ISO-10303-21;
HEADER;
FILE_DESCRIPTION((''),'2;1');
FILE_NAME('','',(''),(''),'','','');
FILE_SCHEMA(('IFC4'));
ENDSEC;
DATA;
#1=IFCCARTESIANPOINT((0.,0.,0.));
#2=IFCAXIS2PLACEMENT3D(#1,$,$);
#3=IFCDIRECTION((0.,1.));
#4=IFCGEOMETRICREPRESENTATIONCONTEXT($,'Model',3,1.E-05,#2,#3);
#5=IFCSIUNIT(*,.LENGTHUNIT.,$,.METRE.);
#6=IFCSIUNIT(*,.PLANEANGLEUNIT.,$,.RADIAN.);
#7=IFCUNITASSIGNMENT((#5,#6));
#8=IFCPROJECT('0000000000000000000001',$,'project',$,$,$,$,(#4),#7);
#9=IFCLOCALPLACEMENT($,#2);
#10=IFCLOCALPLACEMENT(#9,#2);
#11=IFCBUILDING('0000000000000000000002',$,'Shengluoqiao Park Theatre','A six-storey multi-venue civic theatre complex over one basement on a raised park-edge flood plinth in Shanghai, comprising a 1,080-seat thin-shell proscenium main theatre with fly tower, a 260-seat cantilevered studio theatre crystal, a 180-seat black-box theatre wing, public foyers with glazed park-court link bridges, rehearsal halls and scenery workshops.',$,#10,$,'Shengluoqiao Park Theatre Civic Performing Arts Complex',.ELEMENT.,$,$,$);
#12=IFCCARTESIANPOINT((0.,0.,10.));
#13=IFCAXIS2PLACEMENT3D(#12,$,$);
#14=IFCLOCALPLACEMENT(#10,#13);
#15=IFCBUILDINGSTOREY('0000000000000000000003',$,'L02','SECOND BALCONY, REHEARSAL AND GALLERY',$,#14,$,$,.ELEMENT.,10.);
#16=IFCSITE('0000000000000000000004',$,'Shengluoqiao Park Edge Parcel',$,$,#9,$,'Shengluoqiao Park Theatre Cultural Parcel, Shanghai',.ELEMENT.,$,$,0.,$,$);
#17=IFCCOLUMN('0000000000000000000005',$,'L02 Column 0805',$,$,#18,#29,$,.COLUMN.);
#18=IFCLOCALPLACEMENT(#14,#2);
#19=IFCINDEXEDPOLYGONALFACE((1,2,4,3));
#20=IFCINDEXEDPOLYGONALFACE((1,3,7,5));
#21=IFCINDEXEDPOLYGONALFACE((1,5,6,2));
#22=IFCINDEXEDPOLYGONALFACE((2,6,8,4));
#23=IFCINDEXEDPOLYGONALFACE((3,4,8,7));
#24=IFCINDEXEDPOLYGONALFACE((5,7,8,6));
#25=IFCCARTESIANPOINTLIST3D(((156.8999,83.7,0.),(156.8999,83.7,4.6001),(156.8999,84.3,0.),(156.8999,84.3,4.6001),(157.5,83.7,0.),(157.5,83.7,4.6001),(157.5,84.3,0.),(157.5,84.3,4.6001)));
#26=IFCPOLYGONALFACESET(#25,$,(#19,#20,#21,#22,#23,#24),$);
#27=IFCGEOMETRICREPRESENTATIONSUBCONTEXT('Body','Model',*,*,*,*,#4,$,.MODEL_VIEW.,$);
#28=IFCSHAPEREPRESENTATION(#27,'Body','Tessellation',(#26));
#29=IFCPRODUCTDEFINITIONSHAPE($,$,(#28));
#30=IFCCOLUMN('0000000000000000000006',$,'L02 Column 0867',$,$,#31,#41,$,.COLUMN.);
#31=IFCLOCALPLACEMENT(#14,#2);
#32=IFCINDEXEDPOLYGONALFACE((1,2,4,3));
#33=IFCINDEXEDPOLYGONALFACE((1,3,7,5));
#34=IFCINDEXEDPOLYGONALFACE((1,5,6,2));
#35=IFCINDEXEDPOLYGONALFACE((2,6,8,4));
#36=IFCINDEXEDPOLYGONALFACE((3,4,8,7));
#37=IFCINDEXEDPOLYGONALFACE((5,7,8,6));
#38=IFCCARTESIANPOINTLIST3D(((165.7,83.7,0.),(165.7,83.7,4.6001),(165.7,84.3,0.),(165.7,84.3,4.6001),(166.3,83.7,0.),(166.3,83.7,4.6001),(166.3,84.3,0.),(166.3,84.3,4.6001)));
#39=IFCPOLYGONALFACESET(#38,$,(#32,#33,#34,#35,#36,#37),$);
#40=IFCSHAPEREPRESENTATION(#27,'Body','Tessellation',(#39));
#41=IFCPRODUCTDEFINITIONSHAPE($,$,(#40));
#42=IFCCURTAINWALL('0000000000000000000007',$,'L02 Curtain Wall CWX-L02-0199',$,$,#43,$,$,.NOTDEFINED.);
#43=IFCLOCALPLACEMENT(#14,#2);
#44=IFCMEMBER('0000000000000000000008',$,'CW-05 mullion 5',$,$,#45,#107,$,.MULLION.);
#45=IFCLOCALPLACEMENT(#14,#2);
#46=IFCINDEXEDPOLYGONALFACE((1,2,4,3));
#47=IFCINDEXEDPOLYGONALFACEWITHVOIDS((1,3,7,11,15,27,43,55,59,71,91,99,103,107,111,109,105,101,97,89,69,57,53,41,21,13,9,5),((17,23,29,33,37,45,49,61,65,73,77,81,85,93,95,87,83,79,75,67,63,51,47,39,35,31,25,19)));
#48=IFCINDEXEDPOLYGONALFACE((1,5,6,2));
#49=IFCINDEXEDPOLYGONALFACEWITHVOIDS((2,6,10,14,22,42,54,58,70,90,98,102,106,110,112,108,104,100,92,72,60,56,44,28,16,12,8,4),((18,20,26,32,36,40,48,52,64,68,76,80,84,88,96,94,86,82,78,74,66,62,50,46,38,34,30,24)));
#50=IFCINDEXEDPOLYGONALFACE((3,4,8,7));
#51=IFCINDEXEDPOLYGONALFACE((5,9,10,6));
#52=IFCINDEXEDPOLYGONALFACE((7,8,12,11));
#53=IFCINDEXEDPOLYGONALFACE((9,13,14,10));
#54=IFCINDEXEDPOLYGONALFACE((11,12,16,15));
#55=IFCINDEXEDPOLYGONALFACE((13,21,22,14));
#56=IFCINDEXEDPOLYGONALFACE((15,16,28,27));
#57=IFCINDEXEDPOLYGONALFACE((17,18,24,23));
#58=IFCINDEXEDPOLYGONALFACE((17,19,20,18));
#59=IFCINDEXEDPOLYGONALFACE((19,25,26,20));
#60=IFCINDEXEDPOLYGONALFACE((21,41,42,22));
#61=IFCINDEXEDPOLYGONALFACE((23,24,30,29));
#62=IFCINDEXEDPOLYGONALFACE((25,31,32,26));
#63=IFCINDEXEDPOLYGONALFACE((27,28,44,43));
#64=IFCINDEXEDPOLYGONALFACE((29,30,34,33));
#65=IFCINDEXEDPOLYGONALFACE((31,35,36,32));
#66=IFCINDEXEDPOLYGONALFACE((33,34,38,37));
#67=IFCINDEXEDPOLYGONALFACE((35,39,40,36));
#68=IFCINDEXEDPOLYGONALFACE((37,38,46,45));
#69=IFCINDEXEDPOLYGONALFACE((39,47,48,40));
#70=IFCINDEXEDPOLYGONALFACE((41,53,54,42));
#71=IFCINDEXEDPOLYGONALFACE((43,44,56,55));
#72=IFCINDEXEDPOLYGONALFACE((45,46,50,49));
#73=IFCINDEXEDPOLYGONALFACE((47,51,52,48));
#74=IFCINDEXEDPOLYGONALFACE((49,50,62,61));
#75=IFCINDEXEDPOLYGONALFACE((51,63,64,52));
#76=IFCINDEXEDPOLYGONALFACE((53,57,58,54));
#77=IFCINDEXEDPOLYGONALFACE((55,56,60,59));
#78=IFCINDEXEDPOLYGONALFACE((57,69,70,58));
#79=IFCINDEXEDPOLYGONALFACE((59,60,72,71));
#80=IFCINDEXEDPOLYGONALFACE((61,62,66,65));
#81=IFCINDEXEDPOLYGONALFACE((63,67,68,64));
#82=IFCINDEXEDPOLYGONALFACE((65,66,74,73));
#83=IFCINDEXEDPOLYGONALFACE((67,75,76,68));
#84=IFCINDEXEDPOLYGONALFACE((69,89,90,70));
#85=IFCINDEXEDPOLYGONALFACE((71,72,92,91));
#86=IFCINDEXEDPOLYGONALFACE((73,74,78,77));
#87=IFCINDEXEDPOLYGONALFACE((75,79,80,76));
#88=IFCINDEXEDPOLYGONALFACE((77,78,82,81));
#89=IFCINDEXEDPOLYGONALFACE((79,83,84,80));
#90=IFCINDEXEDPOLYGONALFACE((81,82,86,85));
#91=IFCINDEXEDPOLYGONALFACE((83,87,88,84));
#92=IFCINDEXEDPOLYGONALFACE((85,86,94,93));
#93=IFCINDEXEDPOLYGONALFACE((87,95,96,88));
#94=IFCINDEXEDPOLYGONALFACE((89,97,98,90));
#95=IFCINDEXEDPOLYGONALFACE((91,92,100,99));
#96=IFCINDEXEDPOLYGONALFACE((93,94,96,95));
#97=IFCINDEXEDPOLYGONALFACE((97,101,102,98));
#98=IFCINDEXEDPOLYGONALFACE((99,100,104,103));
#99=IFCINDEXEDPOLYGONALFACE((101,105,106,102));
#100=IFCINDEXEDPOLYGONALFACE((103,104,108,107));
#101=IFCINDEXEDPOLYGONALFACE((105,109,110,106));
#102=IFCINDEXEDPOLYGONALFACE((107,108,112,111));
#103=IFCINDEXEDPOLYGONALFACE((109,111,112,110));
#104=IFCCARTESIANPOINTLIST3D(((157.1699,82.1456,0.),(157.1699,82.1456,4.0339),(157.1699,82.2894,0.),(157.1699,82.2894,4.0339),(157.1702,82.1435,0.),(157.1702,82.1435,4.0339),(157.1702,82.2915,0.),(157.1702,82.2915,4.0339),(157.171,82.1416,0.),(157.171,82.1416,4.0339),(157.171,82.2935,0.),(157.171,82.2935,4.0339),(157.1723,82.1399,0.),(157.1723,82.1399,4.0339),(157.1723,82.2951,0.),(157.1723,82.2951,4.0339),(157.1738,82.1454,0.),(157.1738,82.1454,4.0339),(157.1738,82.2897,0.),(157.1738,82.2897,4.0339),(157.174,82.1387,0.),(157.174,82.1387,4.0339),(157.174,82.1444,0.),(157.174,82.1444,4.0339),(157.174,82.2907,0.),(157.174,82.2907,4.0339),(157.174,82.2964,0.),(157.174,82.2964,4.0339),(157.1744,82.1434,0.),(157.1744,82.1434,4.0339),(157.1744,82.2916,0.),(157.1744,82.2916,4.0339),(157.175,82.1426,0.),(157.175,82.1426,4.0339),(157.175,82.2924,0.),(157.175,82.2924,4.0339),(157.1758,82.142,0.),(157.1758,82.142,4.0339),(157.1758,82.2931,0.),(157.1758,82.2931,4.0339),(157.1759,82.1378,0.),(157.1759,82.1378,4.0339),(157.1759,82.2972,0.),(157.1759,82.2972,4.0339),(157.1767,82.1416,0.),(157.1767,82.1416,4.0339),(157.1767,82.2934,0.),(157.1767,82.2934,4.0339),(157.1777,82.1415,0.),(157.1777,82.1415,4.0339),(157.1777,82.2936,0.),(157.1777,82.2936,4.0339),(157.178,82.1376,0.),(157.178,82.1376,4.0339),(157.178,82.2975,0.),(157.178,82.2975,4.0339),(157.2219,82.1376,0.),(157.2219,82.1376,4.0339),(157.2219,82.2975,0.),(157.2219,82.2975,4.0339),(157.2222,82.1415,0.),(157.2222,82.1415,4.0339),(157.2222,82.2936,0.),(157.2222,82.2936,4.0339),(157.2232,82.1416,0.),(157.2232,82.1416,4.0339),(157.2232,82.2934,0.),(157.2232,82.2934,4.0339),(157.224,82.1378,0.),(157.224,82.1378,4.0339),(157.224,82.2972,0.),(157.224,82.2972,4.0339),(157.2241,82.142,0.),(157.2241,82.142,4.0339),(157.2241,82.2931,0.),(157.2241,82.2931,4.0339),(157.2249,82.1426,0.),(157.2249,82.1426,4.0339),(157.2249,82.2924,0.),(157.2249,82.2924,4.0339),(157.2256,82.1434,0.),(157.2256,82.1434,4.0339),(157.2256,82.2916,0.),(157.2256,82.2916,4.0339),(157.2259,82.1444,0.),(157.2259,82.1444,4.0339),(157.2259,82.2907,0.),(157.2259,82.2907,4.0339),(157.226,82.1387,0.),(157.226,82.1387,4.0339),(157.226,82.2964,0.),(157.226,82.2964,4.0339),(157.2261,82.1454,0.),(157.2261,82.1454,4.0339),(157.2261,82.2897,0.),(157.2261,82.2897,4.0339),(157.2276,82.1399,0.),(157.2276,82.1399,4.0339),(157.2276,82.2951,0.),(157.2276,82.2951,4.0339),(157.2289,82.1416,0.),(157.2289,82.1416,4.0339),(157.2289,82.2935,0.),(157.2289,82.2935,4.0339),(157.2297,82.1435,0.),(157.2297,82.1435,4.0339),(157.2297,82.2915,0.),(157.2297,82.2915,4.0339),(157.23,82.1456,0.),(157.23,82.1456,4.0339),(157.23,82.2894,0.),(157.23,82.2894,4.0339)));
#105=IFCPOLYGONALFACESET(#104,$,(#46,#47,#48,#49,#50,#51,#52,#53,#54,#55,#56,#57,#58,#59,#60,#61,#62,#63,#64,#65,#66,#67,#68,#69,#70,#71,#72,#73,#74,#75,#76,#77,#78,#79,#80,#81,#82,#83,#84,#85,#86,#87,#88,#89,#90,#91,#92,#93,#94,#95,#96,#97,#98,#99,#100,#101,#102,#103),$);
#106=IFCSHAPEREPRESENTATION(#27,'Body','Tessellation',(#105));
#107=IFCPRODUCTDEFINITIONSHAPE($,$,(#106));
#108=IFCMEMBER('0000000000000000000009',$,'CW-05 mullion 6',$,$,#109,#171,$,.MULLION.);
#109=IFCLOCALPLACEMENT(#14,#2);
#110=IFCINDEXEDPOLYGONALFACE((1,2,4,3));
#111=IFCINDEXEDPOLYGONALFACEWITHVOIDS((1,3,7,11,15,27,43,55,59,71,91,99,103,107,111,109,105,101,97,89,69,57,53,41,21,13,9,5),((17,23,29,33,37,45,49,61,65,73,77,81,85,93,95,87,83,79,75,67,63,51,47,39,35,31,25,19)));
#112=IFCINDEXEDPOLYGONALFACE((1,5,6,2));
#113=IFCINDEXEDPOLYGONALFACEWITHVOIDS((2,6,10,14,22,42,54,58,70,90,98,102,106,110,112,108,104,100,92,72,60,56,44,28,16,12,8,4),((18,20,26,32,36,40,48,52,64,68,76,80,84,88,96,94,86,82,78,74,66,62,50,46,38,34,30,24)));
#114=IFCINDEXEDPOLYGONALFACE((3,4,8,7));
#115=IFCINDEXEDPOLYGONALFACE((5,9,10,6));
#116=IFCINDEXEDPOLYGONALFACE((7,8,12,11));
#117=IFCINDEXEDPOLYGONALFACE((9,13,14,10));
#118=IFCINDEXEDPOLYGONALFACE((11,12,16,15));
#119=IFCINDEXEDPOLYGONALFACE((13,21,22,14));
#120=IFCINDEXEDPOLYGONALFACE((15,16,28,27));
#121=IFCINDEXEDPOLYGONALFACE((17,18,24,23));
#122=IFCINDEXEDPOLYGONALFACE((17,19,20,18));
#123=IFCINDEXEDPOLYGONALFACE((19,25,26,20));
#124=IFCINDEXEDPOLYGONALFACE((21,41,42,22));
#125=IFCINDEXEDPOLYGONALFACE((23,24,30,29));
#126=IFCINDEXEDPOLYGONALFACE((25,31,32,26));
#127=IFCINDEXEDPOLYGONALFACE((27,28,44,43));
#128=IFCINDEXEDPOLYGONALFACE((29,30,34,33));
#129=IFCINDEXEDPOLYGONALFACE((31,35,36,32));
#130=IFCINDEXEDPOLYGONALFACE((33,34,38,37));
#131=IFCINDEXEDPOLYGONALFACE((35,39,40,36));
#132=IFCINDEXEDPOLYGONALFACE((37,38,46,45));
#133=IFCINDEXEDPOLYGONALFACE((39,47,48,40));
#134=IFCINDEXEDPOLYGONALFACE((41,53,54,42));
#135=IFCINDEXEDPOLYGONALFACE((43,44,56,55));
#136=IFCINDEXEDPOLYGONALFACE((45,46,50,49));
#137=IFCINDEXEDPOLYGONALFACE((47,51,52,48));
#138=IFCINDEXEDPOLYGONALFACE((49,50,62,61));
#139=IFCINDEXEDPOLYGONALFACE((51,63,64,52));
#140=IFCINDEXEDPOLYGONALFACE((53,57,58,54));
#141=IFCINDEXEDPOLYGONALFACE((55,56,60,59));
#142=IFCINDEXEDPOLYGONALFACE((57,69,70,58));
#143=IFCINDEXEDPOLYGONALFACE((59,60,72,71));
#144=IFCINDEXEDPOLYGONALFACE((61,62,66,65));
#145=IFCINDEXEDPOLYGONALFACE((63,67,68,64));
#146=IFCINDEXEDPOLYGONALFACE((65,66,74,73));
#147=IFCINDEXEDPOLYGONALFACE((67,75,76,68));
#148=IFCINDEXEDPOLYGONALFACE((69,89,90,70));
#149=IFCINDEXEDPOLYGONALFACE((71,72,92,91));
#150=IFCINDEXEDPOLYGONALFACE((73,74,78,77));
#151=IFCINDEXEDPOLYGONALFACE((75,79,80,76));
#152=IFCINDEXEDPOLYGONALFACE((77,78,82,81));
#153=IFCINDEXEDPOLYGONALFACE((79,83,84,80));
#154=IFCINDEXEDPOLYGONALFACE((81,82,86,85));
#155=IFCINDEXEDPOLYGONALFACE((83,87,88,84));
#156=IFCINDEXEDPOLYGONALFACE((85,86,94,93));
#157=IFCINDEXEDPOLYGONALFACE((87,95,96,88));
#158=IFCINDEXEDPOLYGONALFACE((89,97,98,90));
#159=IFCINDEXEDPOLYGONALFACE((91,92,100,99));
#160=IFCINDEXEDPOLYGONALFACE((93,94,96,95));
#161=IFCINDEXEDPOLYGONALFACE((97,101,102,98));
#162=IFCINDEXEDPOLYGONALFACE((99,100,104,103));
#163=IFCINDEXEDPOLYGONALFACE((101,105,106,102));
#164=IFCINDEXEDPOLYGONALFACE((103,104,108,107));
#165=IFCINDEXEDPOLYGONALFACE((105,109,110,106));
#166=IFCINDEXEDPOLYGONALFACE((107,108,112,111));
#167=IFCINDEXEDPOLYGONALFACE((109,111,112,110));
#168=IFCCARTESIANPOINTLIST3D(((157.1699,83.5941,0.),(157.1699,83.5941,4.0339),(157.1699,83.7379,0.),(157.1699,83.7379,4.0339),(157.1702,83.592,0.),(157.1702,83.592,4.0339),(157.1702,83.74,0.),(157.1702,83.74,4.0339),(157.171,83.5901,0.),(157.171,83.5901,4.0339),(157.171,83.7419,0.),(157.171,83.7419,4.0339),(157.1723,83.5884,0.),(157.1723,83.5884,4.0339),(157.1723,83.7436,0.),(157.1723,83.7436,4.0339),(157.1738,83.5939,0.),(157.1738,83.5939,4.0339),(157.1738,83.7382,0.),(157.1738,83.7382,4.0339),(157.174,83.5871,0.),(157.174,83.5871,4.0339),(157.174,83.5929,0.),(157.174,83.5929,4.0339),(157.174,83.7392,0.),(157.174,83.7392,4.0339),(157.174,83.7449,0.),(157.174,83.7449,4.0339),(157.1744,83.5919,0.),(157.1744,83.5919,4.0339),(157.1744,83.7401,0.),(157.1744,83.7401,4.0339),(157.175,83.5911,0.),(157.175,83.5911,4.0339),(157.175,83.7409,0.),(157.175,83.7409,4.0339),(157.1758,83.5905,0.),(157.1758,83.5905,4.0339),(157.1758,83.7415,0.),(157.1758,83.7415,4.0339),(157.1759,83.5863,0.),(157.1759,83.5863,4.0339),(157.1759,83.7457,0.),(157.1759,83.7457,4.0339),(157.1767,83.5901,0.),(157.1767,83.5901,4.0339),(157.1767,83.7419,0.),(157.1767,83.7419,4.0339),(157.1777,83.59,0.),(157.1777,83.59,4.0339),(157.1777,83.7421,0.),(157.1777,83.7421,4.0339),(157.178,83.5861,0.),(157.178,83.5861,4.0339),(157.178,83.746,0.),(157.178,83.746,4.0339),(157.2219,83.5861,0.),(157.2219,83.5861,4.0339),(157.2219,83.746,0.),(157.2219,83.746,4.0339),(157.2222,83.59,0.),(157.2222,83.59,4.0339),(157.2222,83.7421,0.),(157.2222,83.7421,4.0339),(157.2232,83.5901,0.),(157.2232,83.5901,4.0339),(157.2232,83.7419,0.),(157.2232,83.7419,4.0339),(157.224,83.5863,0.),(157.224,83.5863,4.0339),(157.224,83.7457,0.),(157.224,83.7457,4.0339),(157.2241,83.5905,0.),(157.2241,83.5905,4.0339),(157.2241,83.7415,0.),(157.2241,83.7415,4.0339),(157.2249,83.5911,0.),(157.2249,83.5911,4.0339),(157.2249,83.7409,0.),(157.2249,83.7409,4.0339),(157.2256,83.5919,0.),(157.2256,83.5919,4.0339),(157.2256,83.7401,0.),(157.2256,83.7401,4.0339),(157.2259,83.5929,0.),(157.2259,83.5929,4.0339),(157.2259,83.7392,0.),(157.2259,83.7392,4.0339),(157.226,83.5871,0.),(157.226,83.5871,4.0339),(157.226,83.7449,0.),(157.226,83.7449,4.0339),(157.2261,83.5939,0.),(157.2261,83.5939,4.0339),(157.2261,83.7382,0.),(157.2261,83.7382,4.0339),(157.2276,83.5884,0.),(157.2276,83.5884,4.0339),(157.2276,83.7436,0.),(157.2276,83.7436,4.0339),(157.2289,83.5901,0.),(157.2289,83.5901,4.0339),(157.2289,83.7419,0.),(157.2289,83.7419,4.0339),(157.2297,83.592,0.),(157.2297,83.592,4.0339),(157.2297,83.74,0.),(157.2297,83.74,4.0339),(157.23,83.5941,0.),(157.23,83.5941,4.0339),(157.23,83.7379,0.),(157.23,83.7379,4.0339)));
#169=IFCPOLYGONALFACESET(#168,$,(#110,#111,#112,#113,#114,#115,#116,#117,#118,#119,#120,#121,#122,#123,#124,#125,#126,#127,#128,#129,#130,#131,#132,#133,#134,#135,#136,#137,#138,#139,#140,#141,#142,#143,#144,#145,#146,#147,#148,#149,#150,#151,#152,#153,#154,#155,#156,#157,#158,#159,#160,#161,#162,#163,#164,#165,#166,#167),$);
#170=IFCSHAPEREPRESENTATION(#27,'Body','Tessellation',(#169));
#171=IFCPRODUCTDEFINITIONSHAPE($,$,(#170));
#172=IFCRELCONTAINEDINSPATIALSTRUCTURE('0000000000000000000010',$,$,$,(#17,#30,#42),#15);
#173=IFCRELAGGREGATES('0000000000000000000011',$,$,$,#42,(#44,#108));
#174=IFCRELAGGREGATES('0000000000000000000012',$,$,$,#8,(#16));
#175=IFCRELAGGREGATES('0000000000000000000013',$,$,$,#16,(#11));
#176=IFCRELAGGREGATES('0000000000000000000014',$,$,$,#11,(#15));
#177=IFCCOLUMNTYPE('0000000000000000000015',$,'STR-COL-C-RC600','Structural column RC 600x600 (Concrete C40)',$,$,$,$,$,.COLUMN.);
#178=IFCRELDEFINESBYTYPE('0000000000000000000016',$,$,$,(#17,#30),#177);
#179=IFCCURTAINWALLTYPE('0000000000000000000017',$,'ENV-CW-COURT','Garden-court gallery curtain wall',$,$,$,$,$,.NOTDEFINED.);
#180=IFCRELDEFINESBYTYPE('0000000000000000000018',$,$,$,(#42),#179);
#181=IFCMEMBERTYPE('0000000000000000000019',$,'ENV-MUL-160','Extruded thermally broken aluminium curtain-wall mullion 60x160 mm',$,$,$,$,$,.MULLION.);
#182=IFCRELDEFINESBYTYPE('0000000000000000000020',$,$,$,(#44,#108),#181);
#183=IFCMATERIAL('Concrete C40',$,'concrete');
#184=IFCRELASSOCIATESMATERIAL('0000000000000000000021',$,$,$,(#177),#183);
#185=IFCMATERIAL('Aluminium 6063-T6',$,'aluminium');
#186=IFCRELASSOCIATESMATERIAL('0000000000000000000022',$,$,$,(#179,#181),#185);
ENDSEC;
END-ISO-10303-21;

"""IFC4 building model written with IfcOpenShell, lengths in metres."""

from ifc_helpers import new_model, si_unit, direction, frame, origin, origin_2d, place, context, subcontext, project, spatial, rectangle, hollow_rectangle, extrude, material, material_profile, profile_set, type_object, element, aggregate, save


model = new_model("IFC4")

# Units and contexts
model_context = context("Model", 3, precision=1e-05, world=origin(), true_north=direction((0.0, 1.0)))
body_context = subcontext(model_context, "Body", "Model", "MODEL_VIEW")
ifc_project = project(units=[si_unit("LENGTHUNIT", "METRE"), si_unit("PLANEANGLEUNIT", "RADIAN")], contexts=[model_context])

# Site, building, storey
site_placement = place(None, origin())
site = spatial("IfcSite", under=ifc_project, at=site_placement, Name="Shengluoqiao Park Edge Parcel", LongName="Shengluoqiao Park Theatre Cultural Parcel, Shanghai", CompositionType="ELEMENT", RefElevation=0.0)
building_placement = place(site_placement, origin())
building = spatial("IfcBuilding", under=site, at=building_placement, Name="Shengluoqiao Park Theatre", Description="A six-storey multi-venue civic theatre complex over one basement on a raised park-edge flood plinth in Shanghai, comprising a 1,080-seat thin-shell proscenium main theatre with fly tower, a 260-seat cantilevered studio theatre crystal, a 180-seat black-box theatre wing, public foyers with glazed park-court link bridges, rehearsal halls and scenery workshops.", LongName="Shengluoqiao Park Theatre Civic Performing Arts Complex", CompositionType="ELEMENT")
storey_placement = place(building_placement, frame((0.0, 0.0, 10.0)))
storey = spatial("IfcBuildingStorey", under=building, at=storey_placement, Name="L02", Description="SECOND BALCONY, REHEARSAL AND GALLERY", CompositionType="ELEMENT", Elevation=10.0)

# Columns
ifc_material_1 = material(Name="Concrete C40", Category="concrete")
ifc_material_profile_1 = material_profile(ifc_material_1, rectangle(XDim=0.6001, YDim=0.6001, at=origin_2d()), Name="RC 600x600")
ifc_profile_set_1 = profile_set([ifc_material_profile_1], Name="Concrete C40")
column_type = type_object("IfcColumnType", Name="STR-COL-C-RC600", Description="Structural column RC 600x600 (Concrete C40)", PredefinedType="COLUMN", material=ifc_profile_set_1)
for number, where, z_axis, x_axis, name in (
    (1, (157.2, 84.0, 0.0), (0.0, 0.0, 1.0), (1.0, 0.0, 0.0), "L02 Column 0805"),
    (2, (166.0, 84.0, 0.0), (0.0, 0.0, 1.0), (1.0, 0.0, 0.0), "L02 Column 0867"),
):
    element("IfcColumn", number, at=place(storey_placement, frame(where, z_axis=z_axis, x_axis=x_axis)), inside=storey, type_object=column_type, Name=name, PredefinedType="COLUMN", context=body_context, shape_type="SweptSolid", body=[
        extrude(rectangle(XDim=0.6001, YDim=0.6001, at=origin_2d()), origin(), (0.0, 0.0, 1.0), 4.6001),
    ])

# Curtain wall, members
ifc_material_2 = material(Name="Aluminium 6063-T6", Category="aluminium")
curtain_wall_type = type_object("IfcCurtainWallType", Name="ENV-CW-COURT", Description="Garden-court gallery curtain wall", PredefinedType="NOTDEFINED", material=ifc_material_2)
curtain_wall_placement = place(storey_placement, origin())
curtain_wall = element("IfcCurtainWall", 3, at=curtain_wall_placement, inside=storey, type_object=curtain_wall_type, Name="L02 Curtain Wall CWX-L02-0199", PredefinedType="NOTDEFINED")
ifc_material_profile_2 = material_profile(ifc_material_2, hollow_rectangle(XDim=0.0601, YDim=0.1599, WallThickness=0.0039, InnerFilletRadius=0.0039, OuterFilletRadius=0.0081, at=origin_2d()), Name="ALU MULLION 160x60x4")
ifc_profile_set_2 = profile_set([ifc_material_profile_2], Name="Aluminium 6063-T6")
member_type_1 = type_object("IfcMemberType", Name="ENV-MUL-160", Description="Extruded thermally broken aluminium curtain-wall mullion 60x160 mm", PredefinedType="MULLION", material=ifc_profile_set_2)
member_1_placement = place(storey_placement, frame((157.2, 82.2175, 0.0), z_axis=(0.0, 0.0, 1.0), x_axis=(-1.0, 0.0, 0.0)))
member_1 = element("IfcMember", 4, at=member_1_placement, type_object=member_type_1, Name="CW-05 mullion 5", PredefinedType="MULLION", context=body_context, shape_type="SweptSolid", body=[
    extrude(hollow_rectangle(XDim=0.0601, YDim=0.1599, WallThickness=0.0039, InnerFilletRadius=0.0039, OuterFilletRadius=0.0081, at=origin_2d()), origin(), (0.0, 0.0, 1.0), 4.0339),
])
member_2_placement = place(storey_placement, frame((157.2, 83.666, 0.0), z_axis=(0.0, 0.0, 1.0), x_axis=(-1.0, 0.0, 0.0)))
member_2 = element("IfcMember", 5, at=member_2_placement, type_object=member_type_1, Name="CW-05 mullion 6", PredefinedType="MULLION", context=body_context, shape_type="SweptSolid", body=[
    extrude(hollow_rectangle(XDim=0.0601, YDim=0.1599, WallThickness=0.0039, InnerFilletRadius=0.0039, OuterFilletRadius=0.0081, at=origin_2d()), origin(), (0.0, 0.0, 1.0), 4.0339),
])

aggregate(curtain_wall, [member_1, member_2])

save(model, "model.ifc")
